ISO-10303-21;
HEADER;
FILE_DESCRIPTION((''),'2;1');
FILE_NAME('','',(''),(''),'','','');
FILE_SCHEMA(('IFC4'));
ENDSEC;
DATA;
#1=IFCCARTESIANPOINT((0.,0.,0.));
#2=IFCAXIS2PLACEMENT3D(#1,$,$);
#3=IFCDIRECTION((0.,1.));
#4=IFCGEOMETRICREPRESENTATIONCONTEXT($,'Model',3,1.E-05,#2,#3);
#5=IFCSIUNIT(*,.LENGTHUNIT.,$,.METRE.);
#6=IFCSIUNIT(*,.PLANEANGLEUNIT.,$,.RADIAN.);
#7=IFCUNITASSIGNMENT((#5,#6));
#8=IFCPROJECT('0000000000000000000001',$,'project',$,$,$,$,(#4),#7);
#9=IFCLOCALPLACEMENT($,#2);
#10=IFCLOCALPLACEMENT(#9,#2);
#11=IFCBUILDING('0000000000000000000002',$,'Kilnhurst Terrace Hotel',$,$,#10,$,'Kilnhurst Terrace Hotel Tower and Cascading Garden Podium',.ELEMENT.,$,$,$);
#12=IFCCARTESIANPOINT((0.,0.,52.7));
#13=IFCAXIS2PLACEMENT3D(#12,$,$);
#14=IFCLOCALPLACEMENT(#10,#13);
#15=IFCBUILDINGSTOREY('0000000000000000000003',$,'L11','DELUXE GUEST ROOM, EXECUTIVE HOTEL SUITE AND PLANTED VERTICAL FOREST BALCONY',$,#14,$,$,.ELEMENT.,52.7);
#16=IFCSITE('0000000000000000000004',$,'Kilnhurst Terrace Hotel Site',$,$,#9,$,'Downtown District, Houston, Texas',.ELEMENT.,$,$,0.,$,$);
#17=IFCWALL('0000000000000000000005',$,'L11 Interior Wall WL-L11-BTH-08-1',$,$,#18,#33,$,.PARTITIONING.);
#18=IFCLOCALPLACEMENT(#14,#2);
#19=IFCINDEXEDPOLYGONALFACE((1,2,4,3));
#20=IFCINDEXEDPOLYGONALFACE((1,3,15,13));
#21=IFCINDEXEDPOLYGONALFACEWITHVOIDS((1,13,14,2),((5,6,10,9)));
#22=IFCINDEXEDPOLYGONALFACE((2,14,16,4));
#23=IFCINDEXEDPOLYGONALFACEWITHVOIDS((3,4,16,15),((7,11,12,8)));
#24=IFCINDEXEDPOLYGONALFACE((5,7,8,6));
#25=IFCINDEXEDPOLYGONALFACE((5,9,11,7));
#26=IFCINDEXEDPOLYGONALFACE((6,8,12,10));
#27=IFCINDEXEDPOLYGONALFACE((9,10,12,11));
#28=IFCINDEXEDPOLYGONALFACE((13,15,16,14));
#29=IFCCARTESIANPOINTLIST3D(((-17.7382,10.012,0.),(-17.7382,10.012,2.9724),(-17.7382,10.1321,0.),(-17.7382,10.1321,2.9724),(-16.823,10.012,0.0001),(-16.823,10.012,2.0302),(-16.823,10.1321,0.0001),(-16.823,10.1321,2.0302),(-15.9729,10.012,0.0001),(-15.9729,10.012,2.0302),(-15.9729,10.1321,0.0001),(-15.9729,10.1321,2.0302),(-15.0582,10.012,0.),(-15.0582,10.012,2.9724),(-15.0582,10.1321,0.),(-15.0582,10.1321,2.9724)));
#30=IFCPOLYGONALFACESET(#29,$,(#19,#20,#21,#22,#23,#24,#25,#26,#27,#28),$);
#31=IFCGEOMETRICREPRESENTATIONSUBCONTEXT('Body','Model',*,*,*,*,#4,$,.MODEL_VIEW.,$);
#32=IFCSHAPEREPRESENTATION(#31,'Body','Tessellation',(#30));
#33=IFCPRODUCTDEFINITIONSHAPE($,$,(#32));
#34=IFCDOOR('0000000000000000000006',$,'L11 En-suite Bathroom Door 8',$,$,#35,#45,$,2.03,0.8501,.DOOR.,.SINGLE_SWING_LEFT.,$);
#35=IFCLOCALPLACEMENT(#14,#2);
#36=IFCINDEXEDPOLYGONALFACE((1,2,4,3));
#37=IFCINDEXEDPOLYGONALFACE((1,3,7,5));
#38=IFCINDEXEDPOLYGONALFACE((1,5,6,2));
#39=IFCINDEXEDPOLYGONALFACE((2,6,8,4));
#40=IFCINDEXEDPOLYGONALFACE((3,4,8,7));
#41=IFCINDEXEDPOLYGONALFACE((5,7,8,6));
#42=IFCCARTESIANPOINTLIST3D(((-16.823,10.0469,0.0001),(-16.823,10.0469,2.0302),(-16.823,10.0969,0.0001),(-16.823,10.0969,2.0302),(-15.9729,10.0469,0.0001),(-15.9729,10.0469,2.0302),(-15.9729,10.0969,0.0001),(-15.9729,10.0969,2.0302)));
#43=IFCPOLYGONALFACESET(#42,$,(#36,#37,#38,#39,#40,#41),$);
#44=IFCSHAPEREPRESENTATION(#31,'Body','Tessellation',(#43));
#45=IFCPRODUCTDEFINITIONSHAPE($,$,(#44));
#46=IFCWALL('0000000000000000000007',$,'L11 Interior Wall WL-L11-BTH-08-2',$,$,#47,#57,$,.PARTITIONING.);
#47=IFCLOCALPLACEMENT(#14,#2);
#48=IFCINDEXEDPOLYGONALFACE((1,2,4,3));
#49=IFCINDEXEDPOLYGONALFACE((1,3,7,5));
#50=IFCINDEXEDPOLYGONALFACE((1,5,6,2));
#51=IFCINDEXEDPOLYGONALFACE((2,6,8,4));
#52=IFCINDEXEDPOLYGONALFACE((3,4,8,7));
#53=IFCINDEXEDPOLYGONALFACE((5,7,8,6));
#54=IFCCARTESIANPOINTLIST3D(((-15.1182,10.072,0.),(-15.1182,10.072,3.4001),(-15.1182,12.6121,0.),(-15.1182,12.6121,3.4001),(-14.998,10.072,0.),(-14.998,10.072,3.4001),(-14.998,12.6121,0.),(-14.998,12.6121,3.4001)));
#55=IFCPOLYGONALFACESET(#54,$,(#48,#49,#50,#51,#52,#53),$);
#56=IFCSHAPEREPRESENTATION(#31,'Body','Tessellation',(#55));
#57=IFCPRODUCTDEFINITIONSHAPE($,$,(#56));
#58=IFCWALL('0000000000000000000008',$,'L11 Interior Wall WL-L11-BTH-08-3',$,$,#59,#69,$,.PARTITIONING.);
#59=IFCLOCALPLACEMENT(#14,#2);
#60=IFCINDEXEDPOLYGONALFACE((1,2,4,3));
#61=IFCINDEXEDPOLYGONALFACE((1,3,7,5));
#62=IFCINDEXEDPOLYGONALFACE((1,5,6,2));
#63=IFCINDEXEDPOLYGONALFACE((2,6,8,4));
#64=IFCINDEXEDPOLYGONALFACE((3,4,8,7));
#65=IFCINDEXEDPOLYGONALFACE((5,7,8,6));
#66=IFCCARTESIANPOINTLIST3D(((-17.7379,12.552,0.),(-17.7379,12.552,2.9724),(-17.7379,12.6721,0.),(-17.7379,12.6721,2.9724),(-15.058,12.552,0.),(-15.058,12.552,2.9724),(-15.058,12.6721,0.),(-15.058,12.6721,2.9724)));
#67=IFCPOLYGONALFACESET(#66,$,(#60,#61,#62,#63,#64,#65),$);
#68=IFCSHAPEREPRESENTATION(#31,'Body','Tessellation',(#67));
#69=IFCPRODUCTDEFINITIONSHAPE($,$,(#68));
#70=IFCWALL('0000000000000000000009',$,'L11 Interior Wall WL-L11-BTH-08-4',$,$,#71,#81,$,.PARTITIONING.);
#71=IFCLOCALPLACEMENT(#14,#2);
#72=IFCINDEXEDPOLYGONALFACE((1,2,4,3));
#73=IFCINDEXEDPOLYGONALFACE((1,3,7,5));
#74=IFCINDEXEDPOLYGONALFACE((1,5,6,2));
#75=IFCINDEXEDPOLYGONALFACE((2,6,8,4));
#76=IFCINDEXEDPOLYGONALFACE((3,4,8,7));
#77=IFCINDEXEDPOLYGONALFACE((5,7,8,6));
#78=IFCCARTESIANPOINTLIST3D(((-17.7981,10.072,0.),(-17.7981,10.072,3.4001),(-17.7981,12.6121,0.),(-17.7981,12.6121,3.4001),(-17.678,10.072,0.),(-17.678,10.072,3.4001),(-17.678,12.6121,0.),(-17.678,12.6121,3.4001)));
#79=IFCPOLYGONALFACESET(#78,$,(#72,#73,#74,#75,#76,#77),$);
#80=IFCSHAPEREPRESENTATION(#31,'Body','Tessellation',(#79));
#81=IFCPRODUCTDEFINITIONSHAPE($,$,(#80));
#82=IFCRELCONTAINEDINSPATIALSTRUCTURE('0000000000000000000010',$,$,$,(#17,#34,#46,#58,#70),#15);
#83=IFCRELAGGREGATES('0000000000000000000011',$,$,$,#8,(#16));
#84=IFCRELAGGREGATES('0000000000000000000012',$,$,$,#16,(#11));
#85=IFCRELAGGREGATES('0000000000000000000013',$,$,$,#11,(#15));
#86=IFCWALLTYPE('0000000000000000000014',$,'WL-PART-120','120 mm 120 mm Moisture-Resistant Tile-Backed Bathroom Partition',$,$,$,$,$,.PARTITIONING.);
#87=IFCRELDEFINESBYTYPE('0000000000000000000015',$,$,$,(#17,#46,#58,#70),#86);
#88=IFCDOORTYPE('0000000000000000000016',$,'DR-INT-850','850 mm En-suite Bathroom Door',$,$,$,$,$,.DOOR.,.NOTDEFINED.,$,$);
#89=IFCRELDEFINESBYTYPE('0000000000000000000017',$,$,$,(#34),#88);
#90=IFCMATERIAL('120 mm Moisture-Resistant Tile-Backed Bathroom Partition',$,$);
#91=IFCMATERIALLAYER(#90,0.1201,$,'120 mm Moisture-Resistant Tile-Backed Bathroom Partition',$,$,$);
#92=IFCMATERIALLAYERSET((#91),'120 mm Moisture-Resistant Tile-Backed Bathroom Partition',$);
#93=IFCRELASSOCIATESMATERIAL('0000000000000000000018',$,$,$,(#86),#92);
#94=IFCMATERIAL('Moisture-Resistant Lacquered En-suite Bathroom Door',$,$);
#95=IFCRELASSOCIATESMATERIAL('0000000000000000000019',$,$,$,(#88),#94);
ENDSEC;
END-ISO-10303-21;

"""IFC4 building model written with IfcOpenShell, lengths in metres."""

from ifc_helpers import new_model, si_unit, direction, frame, frame_2d, origin, place, context, subcontext, project, spatial, rectangle, extrude, material, layer, layer_set, type_object, element, fill, save


model = new_model("IFC4")

# Units and contexts
model_context = context("Model", 3, precision=1e-05, world=origin(), true_north=direction((0.0, 1.0)))
body_context = subcontext(model_context, "Body", "Model", "MODEL_VIEW")
ifc_project = project(units=[si_unit("LENGTHUNIT", "METRE"), si_unit("PLANEANGLEUNIT", "RADIAN")], contexts=[model_context])

# Site, building, storey
site_placement = place(None, origin())
site = spatial("IfcSite", under=ifc_project, at=site_placement, Name="Kilnhurst Terrace Hotel Site", LongName="Downtown District, Houston, Texas", CompositionType="ELEMENT", RefElevation=0.0)
building_placement = place(site_placement, origin())
building = spatial("IfcBuilding", under=site, at=building_placement, Name="Kilnhurst Terrace Hotel", LongName="Kilnhurst Terrace Hotel Tower and Cascading Garden Podium", CompositionType="ELEMENT")
storey_placement = place(building_placement, frame((0.0, 0.0, 52.7)))
storey = spatial("IfcBuildingStorey", under=building, at=storey_placement, Name="L11", Description="DELUXE GUEST ROOM, EXECUTIVE HOTEL SUITE AND PLANTED VERTICAL FOREST BALCONY", CompositionType="ELEMENT", Elevation=52.7)

# Wall, opening, door
ifc_material_1 = material(Name="120 mm Moisture-Resistant Tile-Backed Bathroom Partition")
ifc_layer_1 = layer(ifc_material_1, 0.1201, Name="120 mm Moisture-Resistant Tile-Backed Bathroom Partition")
ifc_layer_set_1 = layer_set([ifc_layer_1], Name="120 mm Moisture-Resistant Tile-Backed Bathroom Partition")
wall_type_1 = type_object("IfcWallType", Name="WL-PART-120", Description="120 mm 120 mm Moisture-Resistant Tile-Backed Bathroom Partition", PredefinedType="PARTITIONING", material=ifc_layer_set_1)
wall_1_placement = place(storey_placement, frame((-17.738, 10.072, 0.0), z_axis=(0.0, 0.0, 1.0), x_axis=(1.0, 0.0, 0.0)))
wall_1 = element("IfcWall", 1, at=wall_1_placement, inside=storey, type_object=wall_type_1, Name="L11 Interior Wall WL-L11-BTH-08-1", PredefinedType="PARTITIONING", context=body_context, shape_type="SweptSolid", body=[
    extrude(rectangle(XDim=2.6799, YDim=0.1201, at=frame_2d((1.3398, 0.0))), origin(), (0.0, 0.0, 1.0), 2.9724),
])
opening_1_placement = place(wall_1_placement, frame((0.915, 0.0, 0.0)))
opening_1 = element("IfcOpeningElement", 2, at=opening_1_placement, cuts=wall_1, PredefinedType="OPENING", context=body_context, shape_type="SweptSolid", body=[
    extrude(rectangle(XDim=0.8501, YDim=2.03, at=frame_2d((0.425, 1.0151))), frame((0.0, 0.0701, 0.0), z_axis=(0.0, -1.0, 0.0), x_axis=(1.0, 0.0, 0.0)), (0.0, 0.0, 1.0), 0.1401),
])
ifc_material_2 = material(Name="Moisture-Resistant Lacquered En-suite Bathroom Door")
door_type_1 = type_object("IfcDoorType", Name="DR-INT-850", Description="850 mm En-suite Bathroom Door", OperationType="NOTDEFINED", PredefinedType="DOOR", material=ifc_material_2)
door_1_placement = place(opening_1_placement, origin())
door_1 = element("IfcDoor", 3, at=door_1_placement, inside=storey, type_object=door_type_1, Name="L11 En-suite Bathroom Door 8", OperationType="SINGLE_SWING_LEFT", OverallHeight=2.03, OverallWidth=0.8501, PredefinedType="DOOR", context=body_context, shape_type="SweptSolid", body=[
    extrude(rectangle(XDim=0.8501, YDim=2.03, at=frame_2d((0.425, 1.0151))), frame((0.0, 0.0249, 0.0), z_axis=(0.0, -1.0, 0.0), x_axis=(1.0, 0.0, 0.0)), (0.0, 0.0, 1.0), 0.05),
])
fill(opening_1, door_1)

# Walls
wall_2_placement = place(storey_placement, frame((-15.0581, 10.072, 0.0), z_axis=(0.0, 0.0, 1.0), x_axis=(0.0, 1.0, 0.0)))
element("IfcWall", 4, at=wall_2_placement, inside=storey, type_object=wall_type_1, Name="L11 Interior Wall WL-L11-BTH-08-2", PredefinedType="PARTITIONING", context=body_context, shape_type="SweptSolid", body=[
    extrude(rectangle(XDim=2.54, YDim=0.1201, at=frame_2d((1.27, 0.0))), origin(), (0.0, 0.0, 1.0), 3.4001),
])
wall_3_placement = place(storey_placement, frame((-15.0581, 12.6121, 0.0), z_axis=(0.0, 0.0, 1.0), x_axis=(-1.0, 0.0, 0.0)))
element("IfcWall", 5, at=wall_3_placement, inside=storey, type_object=wall_type_1, Name="L11 Interior Wall WL-L11-BTH-08-3", PredefinedType="PARTITIONING", context=body_context, shape_type="SweptSolid", body=[
    extrude(rectangle(XDim=2.6799, YDim=0.1201, at=frame_2d((1.3398, 0.0))), origin(), (0.0, 0.0, 1.0), 2.9724),
])
wall_4_placement = place(storey_placement, frame((-17.738, 12.6121, 0.0), z_axis=(0.0, 0.0, 1.0), x_axis=(0.0, -1.0, 0.0)))
element("IfcWall", 6, at=wall_4_placement, inside=storey, type_object=wall_type_1, Name="L11 Interior Wall WL-L11-BTH-08-4", PredefinedType="PARTITIONING", context=body_context, shape_type="SweptSolid", body=[
    extrude(rectangle(XDim=2.54, YDim=0.1201, at=frame_2d((1.27, 0.0))), origin(), (0.0, 0.0, 1.0), 3.4001),
])

save(model, "model.ifc")
